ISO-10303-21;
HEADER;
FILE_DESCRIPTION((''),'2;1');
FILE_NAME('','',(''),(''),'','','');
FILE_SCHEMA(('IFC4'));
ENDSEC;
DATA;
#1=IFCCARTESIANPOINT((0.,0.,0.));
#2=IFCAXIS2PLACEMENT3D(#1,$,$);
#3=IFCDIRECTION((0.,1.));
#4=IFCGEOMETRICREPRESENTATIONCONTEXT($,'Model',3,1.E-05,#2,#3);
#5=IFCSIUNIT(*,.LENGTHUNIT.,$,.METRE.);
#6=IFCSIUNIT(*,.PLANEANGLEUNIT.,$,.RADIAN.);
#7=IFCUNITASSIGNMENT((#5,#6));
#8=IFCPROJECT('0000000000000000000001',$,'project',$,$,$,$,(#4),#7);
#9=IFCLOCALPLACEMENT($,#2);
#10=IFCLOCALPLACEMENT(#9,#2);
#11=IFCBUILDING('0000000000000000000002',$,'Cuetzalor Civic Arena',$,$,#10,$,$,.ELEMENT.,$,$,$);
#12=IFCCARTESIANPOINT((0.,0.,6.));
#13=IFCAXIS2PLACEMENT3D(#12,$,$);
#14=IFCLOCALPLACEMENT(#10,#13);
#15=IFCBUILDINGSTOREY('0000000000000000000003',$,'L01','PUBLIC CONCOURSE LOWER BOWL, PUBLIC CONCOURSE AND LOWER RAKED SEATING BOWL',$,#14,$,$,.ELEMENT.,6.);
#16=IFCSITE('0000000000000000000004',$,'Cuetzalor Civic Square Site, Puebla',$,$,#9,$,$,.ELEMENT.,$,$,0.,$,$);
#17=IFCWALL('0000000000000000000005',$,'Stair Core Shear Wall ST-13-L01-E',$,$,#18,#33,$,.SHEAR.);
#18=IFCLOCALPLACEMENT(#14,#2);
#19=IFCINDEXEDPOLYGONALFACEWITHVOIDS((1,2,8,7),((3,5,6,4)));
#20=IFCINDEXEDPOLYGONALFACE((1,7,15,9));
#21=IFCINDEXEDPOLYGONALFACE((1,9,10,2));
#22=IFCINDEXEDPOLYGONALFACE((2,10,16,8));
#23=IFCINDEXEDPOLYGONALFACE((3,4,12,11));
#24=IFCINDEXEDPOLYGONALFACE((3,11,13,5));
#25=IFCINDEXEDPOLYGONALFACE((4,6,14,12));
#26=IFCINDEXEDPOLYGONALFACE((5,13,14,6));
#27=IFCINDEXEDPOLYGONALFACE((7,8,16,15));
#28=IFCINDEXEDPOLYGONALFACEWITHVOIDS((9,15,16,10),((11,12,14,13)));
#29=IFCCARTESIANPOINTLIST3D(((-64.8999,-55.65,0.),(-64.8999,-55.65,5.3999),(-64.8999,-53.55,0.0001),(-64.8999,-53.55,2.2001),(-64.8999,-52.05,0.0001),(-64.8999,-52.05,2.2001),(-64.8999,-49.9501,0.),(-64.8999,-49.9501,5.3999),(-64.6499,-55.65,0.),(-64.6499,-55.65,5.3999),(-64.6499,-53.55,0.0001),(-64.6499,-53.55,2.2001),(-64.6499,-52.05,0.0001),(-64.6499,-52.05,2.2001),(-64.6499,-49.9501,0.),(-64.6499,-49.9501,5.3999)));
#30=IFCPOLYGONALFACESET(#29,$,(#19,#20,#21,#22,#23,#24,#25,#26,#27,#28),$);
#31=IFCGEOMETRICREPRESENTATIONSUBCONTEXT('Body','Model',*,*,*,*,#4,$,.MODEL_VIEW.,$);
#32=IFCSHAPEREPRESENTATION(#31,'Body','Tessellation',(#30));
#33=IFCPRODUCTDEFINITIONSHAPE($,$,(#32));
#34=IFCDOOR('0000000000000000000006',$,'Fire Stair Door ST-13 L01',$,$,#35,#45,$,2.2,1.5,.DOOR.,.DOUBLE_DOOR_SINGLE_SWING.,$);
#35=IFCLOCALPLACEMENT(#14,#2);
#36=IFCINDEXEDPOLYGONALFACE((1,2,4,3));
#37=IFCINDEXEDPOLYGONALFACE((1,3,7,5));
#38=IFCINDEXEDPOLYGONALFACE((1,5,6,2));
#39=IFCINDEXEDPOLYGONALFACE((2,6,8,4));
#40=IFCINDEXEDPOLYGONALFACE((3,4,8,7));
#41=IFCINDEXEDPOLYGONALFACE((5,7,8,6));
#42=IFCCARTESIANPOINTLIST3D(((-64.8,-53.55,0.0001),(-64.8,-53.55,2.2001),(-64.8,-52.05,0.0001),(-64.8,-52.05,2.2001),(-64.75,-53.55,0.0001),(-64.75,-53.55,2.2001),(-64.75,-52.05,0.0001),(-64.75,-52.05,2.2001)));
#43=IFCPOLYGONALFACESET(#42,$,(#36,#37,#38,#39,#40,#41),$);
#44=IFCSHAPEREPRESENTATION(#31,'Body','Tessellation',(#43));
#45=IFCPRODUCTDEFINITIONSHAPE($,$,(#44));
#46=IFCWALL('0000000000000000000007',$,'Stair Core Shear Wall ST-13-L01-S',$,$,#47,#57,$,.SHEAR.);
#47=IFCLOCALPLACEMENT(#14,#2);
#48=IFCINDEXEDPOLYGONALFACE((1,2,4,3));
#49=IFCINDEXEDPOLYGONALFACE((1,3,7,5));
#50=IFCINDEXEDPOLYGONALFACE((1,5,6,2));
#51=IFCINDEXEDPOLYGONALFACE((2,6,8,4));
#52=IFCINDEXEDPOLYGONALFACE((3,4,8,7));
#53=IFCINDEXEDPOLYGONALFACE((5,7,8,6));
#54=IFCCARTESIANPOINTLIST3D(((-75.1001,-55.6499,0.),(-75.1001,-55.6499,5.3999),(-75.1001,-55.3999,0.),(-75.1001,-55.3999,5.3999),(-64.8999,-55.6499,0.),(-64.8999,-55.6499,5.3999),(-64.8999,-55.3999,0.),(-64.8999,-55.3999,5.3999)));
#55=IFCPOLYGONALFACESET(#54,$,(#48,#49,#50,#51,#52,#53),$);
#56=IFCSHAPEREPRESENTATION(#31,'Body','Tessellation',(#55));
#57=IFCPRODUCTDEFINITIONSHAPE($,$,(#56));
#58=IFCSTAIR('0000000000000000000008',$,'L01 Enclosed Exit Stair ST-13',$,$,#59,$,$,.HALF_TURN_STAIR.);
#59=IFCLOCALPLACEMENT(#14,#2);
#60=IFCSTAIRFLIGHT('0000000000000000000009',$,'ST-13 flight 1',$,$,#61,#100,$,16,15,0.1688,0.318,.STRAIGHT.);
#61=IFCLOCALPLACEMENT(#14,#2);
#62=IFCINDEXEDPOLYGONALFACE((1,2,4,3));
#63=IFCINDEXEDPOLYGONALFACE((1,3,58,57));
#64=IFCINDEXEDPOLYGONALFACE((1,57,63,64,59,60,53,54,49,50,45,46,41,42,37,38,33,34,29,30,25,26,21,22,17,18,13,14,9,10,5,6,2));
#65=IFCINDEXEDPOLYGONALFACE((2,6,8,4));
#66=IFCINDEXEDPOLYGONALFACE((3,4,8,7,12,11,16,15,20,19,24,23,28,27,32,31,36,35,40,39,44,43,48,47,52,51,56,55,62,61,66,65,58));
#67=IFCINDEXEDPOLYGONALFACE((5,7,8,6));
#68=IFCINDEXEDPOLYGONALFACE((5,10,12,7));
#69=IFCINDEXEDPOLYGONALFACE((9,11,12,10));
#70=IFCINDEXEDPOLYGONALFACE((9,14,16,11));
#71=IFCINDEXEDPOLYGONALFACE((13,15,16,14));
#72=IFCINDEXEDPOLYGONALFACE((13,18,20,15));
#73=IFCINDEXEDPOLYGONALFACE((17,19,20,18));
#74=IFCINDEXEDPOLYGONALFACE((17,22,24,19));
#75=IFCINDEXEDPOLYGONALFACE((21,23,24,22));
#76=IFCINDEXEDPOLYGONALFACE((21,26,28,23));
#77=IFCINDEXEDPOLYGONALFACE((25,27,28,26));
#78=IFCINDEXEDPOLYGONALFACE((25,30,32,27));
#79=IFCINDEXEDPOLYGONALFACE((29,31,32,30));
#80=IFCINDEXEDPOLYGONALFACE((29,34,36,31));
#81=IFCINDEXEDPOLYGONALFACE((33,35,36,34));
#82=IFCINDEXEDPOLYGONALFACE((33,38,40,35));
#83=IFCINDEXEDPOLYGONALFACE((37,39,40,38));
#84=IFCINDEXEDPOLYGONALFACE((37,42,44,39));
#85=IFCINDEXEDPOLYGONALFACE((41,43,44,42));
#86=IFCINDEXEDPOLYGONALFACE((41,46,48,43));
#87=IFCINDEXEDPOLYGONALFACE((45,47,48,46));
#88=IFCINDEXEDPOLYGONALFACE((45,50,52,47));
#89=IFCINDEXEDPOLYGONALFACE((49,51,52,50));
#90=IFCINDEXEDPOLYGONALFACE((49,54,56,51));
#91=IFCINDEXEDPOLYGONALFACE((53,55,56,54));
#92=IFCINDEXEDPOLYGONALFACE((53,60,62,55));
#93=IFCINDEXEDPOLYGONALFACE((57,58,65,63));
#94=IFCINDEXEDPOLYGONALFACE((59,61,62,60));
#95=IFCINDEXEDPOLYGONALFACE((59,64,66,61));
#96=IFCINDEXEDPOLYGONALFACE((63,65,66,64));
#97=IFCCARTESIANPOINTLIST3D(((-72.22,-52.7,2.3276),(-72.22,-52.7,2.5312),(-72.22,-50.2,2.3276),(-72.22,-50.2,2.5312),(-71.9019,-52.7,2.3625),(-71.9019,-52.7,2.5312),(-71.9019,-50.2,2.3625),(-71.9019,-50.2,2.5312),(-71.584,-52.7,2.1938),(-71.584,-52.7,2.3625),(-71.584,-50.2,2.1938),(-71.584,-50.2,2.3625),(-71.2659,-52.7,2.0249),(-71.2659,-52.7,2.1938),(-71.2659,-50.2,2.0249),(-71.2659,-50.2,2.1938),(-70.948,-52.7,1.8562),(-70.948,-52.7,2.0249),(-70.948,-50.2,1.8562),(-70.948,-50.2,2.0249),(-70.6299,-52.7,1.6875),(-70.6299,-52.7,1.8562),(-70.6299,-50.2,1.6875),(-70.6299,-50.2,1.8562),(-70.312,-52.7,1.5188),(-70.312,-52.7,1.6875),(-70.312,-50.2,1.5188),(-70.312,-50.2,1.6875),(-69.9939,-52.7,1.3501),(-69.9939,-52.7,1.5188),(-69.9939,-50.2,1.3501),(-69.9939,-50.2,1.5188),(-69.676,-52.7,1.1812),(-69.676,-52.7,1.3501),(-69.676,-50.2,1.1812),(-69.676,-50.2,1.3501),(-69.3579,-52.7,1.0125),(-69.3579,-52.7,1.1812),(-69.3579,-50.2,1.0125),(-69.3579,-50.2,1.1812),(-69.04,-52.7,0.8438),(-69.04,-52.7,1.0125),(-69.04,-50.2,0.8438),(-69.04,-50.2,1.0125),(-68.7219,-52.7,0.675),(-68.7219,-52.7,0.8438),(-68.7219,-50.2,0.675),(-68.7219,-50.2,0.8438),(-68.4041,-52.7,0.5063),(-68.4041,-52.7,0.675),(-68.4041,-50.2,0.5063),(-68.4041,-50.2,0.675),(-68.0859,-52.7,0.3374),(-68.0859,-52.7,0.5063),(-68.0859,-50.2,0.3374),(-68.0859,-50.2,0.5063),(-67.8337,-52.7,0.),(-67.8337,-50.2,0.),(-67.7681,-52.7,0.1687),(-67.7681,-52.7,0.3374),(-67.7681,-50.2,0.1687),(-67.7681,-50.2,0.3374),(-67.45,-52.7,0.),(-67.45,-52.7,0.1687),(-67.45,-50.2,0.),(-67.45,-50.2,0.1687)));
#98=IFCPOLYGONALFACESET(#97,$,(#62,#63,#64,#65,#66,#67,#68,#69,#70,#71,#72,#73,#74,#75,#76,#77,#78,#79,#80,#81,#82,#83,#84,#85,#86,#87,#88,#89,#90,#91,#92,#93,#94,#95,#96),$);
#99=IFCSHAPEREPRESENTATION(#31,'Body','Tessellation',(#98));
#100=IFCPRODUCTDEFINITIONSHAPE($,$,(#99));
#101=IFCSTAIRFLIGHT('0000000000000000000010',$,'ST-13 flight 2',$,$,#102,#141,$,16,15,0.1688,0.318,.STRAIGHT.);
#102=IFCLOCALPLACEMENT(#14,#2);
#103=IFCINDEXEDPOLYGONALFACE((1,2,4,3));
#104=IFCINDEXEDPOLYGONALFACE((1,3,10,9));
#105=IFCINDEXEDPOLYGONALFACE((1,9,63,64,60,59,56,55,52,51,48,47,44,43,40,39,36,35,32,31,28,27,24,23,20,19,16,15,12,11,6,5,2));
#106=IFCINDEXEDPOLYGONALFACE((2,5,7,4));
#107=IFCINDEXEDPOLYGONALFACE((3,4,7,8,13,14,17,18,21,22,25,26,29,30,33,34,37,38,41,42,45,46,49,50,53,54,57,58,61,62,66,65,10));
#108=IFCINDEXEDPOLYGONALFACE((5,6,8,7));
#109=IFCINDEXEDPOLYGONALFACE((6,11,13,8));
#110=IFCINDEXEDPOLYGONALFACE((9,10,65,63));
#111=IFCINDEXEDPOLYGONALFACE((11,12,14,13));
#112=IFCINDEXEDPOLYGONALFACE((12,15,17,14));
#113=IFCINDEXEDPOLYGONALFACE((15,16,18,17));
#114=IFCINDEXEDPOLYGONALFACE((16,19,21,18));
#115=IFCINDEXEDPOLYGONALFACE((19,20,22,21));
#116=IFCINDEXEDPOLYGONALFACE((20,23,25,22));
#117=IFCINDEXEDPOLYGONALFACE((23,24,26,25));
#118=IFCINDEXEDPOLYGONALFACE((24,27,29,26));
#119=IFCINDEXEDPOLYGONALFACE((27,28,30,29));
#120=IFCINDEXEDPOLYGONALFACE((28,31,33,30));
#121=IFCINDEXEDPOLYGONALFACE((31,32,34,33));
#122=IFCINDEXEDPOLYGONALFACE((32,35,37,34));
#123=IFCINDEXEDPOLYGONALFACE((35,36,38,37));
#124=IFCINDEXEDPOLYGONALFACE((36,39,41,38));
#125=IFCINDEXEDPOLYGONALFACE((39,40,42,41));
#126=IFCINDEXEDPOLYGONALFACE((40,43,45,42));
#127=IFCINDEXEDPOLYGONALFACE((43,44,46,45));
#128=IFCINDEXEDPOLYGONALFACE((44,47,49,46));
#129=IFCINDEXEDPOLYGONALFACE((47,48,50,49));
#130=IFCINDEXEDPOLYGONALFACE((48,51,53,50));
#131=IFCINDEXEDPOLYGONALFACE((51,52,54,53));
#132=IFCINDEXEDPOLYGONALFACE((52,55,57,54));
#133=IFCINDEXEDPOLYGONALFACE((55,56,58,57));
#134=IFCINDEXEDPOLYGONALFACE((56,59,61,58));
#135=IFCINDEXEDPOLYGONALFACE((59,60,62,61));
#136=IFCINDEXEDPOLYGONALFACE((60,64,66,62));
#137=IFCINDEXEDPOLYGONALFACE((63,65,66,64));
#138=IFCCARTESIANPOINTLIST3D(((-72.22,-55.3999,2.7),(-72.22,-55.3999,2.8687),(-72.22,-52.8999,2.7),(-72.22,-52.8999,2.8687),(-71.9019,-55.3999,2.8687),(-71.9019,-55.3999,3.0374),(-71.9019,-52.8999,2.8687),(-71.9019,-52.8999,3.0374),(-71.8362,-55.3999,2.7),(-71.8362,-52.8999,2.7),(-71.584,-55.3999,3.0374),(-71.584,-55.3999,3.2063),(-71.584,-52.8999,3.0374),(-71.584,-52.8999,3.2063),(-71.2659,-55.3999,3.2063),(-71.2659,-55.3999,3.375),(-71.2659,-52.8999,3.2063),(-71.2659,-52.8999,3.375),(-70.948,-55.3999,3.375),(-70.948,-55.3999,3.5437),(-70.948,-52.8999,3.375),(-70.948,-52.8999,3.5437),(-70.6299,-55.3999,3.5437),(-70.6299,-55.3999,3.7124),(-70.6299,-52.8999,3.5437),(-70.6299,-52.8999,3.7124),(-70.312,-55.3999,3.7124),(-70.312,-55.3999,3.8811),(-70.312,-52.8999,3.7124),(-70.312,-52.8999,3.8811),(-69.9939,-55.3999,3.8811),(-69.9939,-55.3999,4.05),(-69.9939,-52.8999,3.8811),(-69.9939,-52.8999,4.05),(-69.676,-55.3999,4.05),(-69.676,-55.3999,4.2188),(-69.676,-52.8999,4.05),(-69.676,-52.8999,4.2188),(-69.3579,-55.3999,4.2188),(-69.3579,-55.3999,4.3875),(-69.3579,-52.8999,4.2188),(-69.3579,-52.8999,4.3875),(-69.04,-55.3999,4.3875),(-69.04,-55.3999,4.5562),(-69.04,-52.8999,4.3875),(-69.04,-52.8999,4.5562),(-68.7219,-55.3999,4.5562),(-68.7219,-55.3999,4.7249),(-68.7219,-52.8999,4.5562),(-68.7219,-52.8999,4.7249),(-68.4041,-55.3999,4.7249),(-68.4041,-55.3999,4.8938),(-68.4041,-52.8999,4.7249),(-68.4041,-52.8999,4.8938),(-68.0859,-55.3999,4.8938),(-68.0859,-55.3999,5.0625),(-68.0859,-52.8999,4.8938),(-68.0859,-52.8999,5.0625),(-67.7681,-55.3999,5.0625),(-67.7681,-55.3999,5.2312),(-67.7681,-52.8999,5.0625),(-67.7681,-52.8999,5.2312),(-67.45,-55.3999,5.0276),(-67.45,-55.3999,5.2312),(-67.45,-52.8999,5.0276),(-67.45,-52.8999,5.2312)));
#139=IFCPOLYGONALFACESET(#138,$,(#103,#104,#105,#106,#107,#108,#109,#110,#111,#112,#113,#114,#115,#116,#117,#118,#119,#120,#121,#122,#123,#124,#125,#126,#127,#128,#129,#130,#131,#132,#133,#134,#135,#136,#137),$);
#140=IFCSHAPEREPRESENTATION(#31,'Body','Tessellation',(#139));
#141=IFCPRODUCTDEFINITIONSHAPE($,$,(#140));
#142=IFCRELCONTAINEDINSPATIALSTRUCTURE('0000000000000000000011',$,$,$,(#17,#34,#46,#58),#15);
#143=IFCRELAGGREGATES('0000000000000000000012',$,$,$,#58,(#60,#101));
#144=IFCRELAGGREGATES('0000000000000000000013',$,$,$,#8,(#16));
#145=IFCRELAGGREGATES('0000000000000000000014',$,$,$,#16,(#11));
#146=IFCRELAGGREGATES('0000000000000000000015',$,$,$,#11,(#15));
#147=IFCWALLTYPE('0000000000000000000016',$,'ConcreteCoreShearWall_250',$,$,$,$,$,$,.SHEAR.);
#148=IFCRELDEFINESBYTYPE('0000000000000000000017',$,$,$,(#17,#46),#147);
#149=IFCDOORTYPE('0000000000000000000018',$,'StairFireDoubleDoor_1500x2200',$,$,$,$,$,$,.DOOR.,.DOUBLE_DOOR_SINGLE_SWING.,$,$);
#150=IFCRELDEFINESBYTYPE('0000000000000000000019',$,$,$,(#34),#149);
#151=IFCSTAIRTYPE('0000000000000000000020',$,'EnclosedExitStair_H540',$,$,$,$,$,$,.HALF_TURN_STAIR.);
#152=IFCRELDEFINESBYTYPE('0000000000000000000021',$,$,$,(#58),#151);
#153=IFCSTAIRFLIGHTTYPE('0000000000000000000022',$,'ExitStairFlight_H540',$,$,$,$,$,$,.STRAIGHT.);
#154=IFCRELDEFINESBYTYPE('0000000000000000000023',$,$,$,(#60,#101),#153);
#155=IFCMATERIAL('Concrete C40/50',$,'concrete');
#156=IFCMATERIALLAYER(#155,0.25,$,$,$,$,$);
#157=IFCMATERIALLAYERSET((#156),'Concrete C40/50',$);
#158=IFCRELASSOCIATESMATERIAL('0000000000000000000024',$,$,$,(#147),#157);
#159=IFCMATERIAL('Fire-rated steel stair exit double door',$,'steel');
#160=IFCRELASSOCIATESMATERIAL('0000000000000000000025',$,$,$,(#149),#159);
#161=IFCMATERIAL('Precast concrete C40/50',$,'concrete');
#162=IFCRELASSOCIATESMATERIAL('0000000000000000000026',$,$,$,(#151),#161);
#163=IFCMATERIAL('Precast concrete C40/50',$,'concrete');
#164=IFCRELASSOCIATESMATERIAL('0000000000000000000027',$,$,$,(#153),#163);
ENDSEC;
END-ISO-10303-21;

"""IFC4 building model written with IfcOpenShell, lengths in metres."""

from ifc_helpers import new_model, si_unit, direction, frame, frame_2d, origin, place, context, subcontext, project, spatial, polyline, rectangle, outline, extrude, material, layer, layer_set, type_object, element, fill, aggregate, save


model = new_model("IFC4")

# Units and contexts
model_context = context("Model", 3, precision=1e-05, world=origin(), true_north=direction((0.0, 1.0)))
body_context = subcontext(model_context, "Body", "Model", "MODEL_VIEW")
ifc_project = project(units=[si_unit("LENGTHUNIT", "METRE"), si_unit("PLANEANGLEUNIT", "RADIAN")], contexts=[model_context])

# Site, building, storey
site_placement = place(None, origin())
site = spatial("IfcSite", under=ifc_project, at=site_placement, Name="Cuetzalor Civic Square Site, Puebla", CompositionType="ELEMENT", RefElevation=0.0)
building_placement = place(site_placement, origin())
building = spatial("IfcBuilding", under=site, at=building_placement, Name="Cuetzalor Civic Arena", CompositionType="ELEMENT")
storey_placement = place(building_placement, frame((0.0, 0.0, 6.0)))
storey = spatial("IfcBuildingStorey", under=building, at=storey_placement, Name="L01", Description="PUBLIC CONCOURSE LOWER BOWL, PUBLIC CONCOURSE AND LOWER RAKED SEATING BOWL", CompositionType="ELEMENT", Elevation=6.0)

# Shared definitions
ifc_material_1 = material(Name="Concrete C40/50", Category="concrete")
ifc_layer = layer(ifc_material_1, 0.25)
ifc_layer_set = layer_set([ifc_layer], Name="Concrete C40/50")
wall_type = type_object("IfcWallType", Name="ConcreteCoreShearWall_250", PredefinedType="SHEAR", material=ifc_layer_set)

# Wall, opening, door
wall_1_placement = place(storey_placement, frame((-64.7749, -49.95, 0.0), z_axis=(0.0, 0.0, 1.0), x_axis=(0.0, -1.0, 0.0)))
wall_1 = element("IfcWall", 1, at=wall_1_placement, inside=storey, type_object=wall_type, Name="Stair Core Shear Wall ST-13-L01-E", PredefinedType="SHEAR", context=body_context, shape_type="SweptSolid", body=[
    extrude(rectangle(XDim=5.7, YDim=0.25, at=frame_2d((2.8501, 0.0))), origin(), (0.0, 0.0, 1.0), 5.3999),
])
opening_placement = place(wall_1_placement, frame((2.1001, 0.0, 0.0)))
opening = element("IfcOpeningElement", 2, at=opening_placement, cuts=wall_1, PredefinedType="OPENING", context=body_context, shape_type="SweptSolid", body=[
    extrude(rectangle(XDim=1.5, YDim=2.2, at=frame_2d((0.75, 1.1001))), frame((0.0, 0.135, 0.0), z_axis=(0.0, -1.0, 0.0), x_axis=(1.0, 0.0, 0.0)), (0.0, 0.0, 1.0), 0.27),
])
ifc_material_2 = material(Name="Fire-rated steel stair exit double door", Category="steel")
door_type = type_object("IfcDoorType", Name="StairFireDoubleDoor_1500x2200", OperationType="DOUBLE_DOOR_SINGLE_SWING", PredefinedType="DOOR", material=ifc_material_2)
door_placement = place(opening_placement, origin())
door = element("IfcDoor", 3, at=door_placement, inside=storey, type_object=door_type, Name="Fire Stair Door ST-13 L01", OperationType="DOUBLE_DOOR_SINGLE_SWING", OverallHeight=2.2, OverallWidth=1.5, PredefinedType="DOOR", context=body_context, shape_type="SweptSolid", body=[
    extrude(rectangle(XDim=1.5, YDim=2.2, at=frame_2d((0.75, 1.1001))), frame((0.0, 0.0249, 0.0), z_axis=(0.0, -1.0, 0.0), x_axis=(1.0, 0.0, 0.0)), (0.0, 0.0, 1.0), 0.05),
])
fill(opening, door)

# Wall
wall_2_placement = place(storey_placement, frame((-64.8999, -55.5249, 0.0), z_axis=(0.0, 0.0, 1.0), x_axis=(-1.0, 0.0, 0.0)))
element("IfcWall", 4, at=wall_2_placement, inside=storey, type_object=wall_type, Name="Stair Core Shear Wall ST-13-L01-S", PredefinedType="SHEAR", context=body_context, shape_type="SweptSolid", body=[
    extrude(rectangle(XDim=10.2002, YDim=0.25, at=frame_2d((5.1001, 0.0))), origin(), (0.0, 0.0, 1.0), 5.3999),
])

# Stair, stair flights
ifc_material_3 = material(Name="Precast concrete C40/50", Category="concrete")
stair_type = type_object("IfcStairType", Name="EnclosedExitStair_H540", PredefinedType="HALF_TURN_STAIR", material=ifc_material_3)
stair_placement = place(storey_placement, origin())
stair = element("IfcStair", 5, at=stair_placement, inside=storey, type_object=stair_type, Name="L01 Enclosed Exit Stair ST-13", PredefinedType="HALF_TURN_STAIR")
ifc_material_4 = material(Name="Precast concrete C40/50", Category="concrete")
stair_flight_type = type_object("IfcStairFlightType", Name="ExitStairFlight_H540", PredefinedType="STRAIGHT", material=ifc_material_4)
stair_flight_1_placement = place(storey_placement, frame((-67.45, -51.45, 0.0), z_axis=(0.0, 0.0, 1.0), x_axis=(-1.0, 0.0, 0.0)))
stair_flight_1 = element("IfcStairFlight", 6, at=stair_flight_1_placement, type_object=stair_flight_type, Name="ST-13 flight 1", NumberOfRisers=16, NumberOfTreads=15, PredefinedType="STRAIGHT", RiserHeight=0.1688, TreadLength=0.318, context=body_context, shape_type="SweptSolid", body=[
    extrude(outline(polyline([(0.0, 0.0), (0.0, 0.1687), (0.3181, 0.1687), (0.3181, 0.3374), (0.636, 0.3374), (0.636, 0.5063), (0.9541, 0.5063), (0.9541, 0.675), (1.272, 0.675), (1.272, 0.8438), (1.5901, 0.8438), (1.5901, 1.0125), (1.908, 1.0125), (1.908, 1.1812), (2.2261, 1.1812), (2.2261, 1.3501), (2.5439, 1.3501), (2.5439, 1.5188), (2.8621, 1.5188), (2.8621, 1.6875), (3.1799, 1.6875), (3.1799, 1.8562), (3.498, 1.8562), (3.498, 2.0249), (3.8159, 2.0249), (3.8159, 2.1938), (4.134, 2.1938), (4.134, 2.3625), (4.4519, 2.3625), (4.4519, 2.5312), (4.77, 2.5312), (4.77, 2.7), (4.77, 2.3276), (0.3838, 0.0), (0.0, 0.0)])), frame((0.0, 1.25, 0.0), z_axis=(0.0, -1.0, 0.0), x_axis=(1.0, 0.0, 0.0)), (0.0, 0.0, 1.0), 2.5),
])
stair_flight_2_placement = place(storey_placement, frame((-72.22, -54.1499, 2.7), z_axis=(0.0, 0.0, 1.0), x_axis=(1.0, 0.0, 0.0)))
stair_flight_2 = element("IfcStairFlight", 7, at=stair_flight_2_placement, type_object=stair_flight_type, Name="ST-13 flight 2", NumberOfRisers=16, NumberOfTreads=15, PredefinedType="STRAIGHT", RiserHeight=0.1688, TreadLength=0.318, context=body_context, shape_type="SweptSolid", body=[
    extrude(outline(polyline([(0.0, 0.0), (0.0, 0.1687), (0.3181, 0.1687), (0.3181, 0.3374), (0.636, 0.3374), (0.636, 0.5063), (0.9541, 0.5063), (0.9541, 0.675), (1.272, 0.675), (1.272, 0.8438), (1.5901, 0.8438), (1.5901, 1.0125), (1.908, 1.0125), (1.908, 1.1812), (2.2261, 1.1812), (2.2261, 1.3501), (2.5439, 1.3501), (2.5439, 1.5188), (2.8621, 1.5188), (2.8621, 1.6875), (3.1799, 1.6875), (3.1799, 1.8562), (3.498, 1.8562), (3.498, 2.0249), (3.8159, 2.0249), (3.8159, 2.1938), (4.134, 2.1938), (4.134, 2.3625), (4.4519, 2.3625), (4.4519, 2.5312), (4.77, 2.5312), (4.77, 2.7), (4.77, 2.3276), (0.3838, 0.0), (0.0, 0.0)])), frame((0.0, 1.25, 0.0), z_axis=(0.0, -1.0, 0.0), x_axis=(1.0, 0.0, 0.0)), (0.0, 0.0, 1.0), 2.5),
])
aggregate(stair, [stair_flight_1, stair_flight_2])

save(model, "model.ifc")
